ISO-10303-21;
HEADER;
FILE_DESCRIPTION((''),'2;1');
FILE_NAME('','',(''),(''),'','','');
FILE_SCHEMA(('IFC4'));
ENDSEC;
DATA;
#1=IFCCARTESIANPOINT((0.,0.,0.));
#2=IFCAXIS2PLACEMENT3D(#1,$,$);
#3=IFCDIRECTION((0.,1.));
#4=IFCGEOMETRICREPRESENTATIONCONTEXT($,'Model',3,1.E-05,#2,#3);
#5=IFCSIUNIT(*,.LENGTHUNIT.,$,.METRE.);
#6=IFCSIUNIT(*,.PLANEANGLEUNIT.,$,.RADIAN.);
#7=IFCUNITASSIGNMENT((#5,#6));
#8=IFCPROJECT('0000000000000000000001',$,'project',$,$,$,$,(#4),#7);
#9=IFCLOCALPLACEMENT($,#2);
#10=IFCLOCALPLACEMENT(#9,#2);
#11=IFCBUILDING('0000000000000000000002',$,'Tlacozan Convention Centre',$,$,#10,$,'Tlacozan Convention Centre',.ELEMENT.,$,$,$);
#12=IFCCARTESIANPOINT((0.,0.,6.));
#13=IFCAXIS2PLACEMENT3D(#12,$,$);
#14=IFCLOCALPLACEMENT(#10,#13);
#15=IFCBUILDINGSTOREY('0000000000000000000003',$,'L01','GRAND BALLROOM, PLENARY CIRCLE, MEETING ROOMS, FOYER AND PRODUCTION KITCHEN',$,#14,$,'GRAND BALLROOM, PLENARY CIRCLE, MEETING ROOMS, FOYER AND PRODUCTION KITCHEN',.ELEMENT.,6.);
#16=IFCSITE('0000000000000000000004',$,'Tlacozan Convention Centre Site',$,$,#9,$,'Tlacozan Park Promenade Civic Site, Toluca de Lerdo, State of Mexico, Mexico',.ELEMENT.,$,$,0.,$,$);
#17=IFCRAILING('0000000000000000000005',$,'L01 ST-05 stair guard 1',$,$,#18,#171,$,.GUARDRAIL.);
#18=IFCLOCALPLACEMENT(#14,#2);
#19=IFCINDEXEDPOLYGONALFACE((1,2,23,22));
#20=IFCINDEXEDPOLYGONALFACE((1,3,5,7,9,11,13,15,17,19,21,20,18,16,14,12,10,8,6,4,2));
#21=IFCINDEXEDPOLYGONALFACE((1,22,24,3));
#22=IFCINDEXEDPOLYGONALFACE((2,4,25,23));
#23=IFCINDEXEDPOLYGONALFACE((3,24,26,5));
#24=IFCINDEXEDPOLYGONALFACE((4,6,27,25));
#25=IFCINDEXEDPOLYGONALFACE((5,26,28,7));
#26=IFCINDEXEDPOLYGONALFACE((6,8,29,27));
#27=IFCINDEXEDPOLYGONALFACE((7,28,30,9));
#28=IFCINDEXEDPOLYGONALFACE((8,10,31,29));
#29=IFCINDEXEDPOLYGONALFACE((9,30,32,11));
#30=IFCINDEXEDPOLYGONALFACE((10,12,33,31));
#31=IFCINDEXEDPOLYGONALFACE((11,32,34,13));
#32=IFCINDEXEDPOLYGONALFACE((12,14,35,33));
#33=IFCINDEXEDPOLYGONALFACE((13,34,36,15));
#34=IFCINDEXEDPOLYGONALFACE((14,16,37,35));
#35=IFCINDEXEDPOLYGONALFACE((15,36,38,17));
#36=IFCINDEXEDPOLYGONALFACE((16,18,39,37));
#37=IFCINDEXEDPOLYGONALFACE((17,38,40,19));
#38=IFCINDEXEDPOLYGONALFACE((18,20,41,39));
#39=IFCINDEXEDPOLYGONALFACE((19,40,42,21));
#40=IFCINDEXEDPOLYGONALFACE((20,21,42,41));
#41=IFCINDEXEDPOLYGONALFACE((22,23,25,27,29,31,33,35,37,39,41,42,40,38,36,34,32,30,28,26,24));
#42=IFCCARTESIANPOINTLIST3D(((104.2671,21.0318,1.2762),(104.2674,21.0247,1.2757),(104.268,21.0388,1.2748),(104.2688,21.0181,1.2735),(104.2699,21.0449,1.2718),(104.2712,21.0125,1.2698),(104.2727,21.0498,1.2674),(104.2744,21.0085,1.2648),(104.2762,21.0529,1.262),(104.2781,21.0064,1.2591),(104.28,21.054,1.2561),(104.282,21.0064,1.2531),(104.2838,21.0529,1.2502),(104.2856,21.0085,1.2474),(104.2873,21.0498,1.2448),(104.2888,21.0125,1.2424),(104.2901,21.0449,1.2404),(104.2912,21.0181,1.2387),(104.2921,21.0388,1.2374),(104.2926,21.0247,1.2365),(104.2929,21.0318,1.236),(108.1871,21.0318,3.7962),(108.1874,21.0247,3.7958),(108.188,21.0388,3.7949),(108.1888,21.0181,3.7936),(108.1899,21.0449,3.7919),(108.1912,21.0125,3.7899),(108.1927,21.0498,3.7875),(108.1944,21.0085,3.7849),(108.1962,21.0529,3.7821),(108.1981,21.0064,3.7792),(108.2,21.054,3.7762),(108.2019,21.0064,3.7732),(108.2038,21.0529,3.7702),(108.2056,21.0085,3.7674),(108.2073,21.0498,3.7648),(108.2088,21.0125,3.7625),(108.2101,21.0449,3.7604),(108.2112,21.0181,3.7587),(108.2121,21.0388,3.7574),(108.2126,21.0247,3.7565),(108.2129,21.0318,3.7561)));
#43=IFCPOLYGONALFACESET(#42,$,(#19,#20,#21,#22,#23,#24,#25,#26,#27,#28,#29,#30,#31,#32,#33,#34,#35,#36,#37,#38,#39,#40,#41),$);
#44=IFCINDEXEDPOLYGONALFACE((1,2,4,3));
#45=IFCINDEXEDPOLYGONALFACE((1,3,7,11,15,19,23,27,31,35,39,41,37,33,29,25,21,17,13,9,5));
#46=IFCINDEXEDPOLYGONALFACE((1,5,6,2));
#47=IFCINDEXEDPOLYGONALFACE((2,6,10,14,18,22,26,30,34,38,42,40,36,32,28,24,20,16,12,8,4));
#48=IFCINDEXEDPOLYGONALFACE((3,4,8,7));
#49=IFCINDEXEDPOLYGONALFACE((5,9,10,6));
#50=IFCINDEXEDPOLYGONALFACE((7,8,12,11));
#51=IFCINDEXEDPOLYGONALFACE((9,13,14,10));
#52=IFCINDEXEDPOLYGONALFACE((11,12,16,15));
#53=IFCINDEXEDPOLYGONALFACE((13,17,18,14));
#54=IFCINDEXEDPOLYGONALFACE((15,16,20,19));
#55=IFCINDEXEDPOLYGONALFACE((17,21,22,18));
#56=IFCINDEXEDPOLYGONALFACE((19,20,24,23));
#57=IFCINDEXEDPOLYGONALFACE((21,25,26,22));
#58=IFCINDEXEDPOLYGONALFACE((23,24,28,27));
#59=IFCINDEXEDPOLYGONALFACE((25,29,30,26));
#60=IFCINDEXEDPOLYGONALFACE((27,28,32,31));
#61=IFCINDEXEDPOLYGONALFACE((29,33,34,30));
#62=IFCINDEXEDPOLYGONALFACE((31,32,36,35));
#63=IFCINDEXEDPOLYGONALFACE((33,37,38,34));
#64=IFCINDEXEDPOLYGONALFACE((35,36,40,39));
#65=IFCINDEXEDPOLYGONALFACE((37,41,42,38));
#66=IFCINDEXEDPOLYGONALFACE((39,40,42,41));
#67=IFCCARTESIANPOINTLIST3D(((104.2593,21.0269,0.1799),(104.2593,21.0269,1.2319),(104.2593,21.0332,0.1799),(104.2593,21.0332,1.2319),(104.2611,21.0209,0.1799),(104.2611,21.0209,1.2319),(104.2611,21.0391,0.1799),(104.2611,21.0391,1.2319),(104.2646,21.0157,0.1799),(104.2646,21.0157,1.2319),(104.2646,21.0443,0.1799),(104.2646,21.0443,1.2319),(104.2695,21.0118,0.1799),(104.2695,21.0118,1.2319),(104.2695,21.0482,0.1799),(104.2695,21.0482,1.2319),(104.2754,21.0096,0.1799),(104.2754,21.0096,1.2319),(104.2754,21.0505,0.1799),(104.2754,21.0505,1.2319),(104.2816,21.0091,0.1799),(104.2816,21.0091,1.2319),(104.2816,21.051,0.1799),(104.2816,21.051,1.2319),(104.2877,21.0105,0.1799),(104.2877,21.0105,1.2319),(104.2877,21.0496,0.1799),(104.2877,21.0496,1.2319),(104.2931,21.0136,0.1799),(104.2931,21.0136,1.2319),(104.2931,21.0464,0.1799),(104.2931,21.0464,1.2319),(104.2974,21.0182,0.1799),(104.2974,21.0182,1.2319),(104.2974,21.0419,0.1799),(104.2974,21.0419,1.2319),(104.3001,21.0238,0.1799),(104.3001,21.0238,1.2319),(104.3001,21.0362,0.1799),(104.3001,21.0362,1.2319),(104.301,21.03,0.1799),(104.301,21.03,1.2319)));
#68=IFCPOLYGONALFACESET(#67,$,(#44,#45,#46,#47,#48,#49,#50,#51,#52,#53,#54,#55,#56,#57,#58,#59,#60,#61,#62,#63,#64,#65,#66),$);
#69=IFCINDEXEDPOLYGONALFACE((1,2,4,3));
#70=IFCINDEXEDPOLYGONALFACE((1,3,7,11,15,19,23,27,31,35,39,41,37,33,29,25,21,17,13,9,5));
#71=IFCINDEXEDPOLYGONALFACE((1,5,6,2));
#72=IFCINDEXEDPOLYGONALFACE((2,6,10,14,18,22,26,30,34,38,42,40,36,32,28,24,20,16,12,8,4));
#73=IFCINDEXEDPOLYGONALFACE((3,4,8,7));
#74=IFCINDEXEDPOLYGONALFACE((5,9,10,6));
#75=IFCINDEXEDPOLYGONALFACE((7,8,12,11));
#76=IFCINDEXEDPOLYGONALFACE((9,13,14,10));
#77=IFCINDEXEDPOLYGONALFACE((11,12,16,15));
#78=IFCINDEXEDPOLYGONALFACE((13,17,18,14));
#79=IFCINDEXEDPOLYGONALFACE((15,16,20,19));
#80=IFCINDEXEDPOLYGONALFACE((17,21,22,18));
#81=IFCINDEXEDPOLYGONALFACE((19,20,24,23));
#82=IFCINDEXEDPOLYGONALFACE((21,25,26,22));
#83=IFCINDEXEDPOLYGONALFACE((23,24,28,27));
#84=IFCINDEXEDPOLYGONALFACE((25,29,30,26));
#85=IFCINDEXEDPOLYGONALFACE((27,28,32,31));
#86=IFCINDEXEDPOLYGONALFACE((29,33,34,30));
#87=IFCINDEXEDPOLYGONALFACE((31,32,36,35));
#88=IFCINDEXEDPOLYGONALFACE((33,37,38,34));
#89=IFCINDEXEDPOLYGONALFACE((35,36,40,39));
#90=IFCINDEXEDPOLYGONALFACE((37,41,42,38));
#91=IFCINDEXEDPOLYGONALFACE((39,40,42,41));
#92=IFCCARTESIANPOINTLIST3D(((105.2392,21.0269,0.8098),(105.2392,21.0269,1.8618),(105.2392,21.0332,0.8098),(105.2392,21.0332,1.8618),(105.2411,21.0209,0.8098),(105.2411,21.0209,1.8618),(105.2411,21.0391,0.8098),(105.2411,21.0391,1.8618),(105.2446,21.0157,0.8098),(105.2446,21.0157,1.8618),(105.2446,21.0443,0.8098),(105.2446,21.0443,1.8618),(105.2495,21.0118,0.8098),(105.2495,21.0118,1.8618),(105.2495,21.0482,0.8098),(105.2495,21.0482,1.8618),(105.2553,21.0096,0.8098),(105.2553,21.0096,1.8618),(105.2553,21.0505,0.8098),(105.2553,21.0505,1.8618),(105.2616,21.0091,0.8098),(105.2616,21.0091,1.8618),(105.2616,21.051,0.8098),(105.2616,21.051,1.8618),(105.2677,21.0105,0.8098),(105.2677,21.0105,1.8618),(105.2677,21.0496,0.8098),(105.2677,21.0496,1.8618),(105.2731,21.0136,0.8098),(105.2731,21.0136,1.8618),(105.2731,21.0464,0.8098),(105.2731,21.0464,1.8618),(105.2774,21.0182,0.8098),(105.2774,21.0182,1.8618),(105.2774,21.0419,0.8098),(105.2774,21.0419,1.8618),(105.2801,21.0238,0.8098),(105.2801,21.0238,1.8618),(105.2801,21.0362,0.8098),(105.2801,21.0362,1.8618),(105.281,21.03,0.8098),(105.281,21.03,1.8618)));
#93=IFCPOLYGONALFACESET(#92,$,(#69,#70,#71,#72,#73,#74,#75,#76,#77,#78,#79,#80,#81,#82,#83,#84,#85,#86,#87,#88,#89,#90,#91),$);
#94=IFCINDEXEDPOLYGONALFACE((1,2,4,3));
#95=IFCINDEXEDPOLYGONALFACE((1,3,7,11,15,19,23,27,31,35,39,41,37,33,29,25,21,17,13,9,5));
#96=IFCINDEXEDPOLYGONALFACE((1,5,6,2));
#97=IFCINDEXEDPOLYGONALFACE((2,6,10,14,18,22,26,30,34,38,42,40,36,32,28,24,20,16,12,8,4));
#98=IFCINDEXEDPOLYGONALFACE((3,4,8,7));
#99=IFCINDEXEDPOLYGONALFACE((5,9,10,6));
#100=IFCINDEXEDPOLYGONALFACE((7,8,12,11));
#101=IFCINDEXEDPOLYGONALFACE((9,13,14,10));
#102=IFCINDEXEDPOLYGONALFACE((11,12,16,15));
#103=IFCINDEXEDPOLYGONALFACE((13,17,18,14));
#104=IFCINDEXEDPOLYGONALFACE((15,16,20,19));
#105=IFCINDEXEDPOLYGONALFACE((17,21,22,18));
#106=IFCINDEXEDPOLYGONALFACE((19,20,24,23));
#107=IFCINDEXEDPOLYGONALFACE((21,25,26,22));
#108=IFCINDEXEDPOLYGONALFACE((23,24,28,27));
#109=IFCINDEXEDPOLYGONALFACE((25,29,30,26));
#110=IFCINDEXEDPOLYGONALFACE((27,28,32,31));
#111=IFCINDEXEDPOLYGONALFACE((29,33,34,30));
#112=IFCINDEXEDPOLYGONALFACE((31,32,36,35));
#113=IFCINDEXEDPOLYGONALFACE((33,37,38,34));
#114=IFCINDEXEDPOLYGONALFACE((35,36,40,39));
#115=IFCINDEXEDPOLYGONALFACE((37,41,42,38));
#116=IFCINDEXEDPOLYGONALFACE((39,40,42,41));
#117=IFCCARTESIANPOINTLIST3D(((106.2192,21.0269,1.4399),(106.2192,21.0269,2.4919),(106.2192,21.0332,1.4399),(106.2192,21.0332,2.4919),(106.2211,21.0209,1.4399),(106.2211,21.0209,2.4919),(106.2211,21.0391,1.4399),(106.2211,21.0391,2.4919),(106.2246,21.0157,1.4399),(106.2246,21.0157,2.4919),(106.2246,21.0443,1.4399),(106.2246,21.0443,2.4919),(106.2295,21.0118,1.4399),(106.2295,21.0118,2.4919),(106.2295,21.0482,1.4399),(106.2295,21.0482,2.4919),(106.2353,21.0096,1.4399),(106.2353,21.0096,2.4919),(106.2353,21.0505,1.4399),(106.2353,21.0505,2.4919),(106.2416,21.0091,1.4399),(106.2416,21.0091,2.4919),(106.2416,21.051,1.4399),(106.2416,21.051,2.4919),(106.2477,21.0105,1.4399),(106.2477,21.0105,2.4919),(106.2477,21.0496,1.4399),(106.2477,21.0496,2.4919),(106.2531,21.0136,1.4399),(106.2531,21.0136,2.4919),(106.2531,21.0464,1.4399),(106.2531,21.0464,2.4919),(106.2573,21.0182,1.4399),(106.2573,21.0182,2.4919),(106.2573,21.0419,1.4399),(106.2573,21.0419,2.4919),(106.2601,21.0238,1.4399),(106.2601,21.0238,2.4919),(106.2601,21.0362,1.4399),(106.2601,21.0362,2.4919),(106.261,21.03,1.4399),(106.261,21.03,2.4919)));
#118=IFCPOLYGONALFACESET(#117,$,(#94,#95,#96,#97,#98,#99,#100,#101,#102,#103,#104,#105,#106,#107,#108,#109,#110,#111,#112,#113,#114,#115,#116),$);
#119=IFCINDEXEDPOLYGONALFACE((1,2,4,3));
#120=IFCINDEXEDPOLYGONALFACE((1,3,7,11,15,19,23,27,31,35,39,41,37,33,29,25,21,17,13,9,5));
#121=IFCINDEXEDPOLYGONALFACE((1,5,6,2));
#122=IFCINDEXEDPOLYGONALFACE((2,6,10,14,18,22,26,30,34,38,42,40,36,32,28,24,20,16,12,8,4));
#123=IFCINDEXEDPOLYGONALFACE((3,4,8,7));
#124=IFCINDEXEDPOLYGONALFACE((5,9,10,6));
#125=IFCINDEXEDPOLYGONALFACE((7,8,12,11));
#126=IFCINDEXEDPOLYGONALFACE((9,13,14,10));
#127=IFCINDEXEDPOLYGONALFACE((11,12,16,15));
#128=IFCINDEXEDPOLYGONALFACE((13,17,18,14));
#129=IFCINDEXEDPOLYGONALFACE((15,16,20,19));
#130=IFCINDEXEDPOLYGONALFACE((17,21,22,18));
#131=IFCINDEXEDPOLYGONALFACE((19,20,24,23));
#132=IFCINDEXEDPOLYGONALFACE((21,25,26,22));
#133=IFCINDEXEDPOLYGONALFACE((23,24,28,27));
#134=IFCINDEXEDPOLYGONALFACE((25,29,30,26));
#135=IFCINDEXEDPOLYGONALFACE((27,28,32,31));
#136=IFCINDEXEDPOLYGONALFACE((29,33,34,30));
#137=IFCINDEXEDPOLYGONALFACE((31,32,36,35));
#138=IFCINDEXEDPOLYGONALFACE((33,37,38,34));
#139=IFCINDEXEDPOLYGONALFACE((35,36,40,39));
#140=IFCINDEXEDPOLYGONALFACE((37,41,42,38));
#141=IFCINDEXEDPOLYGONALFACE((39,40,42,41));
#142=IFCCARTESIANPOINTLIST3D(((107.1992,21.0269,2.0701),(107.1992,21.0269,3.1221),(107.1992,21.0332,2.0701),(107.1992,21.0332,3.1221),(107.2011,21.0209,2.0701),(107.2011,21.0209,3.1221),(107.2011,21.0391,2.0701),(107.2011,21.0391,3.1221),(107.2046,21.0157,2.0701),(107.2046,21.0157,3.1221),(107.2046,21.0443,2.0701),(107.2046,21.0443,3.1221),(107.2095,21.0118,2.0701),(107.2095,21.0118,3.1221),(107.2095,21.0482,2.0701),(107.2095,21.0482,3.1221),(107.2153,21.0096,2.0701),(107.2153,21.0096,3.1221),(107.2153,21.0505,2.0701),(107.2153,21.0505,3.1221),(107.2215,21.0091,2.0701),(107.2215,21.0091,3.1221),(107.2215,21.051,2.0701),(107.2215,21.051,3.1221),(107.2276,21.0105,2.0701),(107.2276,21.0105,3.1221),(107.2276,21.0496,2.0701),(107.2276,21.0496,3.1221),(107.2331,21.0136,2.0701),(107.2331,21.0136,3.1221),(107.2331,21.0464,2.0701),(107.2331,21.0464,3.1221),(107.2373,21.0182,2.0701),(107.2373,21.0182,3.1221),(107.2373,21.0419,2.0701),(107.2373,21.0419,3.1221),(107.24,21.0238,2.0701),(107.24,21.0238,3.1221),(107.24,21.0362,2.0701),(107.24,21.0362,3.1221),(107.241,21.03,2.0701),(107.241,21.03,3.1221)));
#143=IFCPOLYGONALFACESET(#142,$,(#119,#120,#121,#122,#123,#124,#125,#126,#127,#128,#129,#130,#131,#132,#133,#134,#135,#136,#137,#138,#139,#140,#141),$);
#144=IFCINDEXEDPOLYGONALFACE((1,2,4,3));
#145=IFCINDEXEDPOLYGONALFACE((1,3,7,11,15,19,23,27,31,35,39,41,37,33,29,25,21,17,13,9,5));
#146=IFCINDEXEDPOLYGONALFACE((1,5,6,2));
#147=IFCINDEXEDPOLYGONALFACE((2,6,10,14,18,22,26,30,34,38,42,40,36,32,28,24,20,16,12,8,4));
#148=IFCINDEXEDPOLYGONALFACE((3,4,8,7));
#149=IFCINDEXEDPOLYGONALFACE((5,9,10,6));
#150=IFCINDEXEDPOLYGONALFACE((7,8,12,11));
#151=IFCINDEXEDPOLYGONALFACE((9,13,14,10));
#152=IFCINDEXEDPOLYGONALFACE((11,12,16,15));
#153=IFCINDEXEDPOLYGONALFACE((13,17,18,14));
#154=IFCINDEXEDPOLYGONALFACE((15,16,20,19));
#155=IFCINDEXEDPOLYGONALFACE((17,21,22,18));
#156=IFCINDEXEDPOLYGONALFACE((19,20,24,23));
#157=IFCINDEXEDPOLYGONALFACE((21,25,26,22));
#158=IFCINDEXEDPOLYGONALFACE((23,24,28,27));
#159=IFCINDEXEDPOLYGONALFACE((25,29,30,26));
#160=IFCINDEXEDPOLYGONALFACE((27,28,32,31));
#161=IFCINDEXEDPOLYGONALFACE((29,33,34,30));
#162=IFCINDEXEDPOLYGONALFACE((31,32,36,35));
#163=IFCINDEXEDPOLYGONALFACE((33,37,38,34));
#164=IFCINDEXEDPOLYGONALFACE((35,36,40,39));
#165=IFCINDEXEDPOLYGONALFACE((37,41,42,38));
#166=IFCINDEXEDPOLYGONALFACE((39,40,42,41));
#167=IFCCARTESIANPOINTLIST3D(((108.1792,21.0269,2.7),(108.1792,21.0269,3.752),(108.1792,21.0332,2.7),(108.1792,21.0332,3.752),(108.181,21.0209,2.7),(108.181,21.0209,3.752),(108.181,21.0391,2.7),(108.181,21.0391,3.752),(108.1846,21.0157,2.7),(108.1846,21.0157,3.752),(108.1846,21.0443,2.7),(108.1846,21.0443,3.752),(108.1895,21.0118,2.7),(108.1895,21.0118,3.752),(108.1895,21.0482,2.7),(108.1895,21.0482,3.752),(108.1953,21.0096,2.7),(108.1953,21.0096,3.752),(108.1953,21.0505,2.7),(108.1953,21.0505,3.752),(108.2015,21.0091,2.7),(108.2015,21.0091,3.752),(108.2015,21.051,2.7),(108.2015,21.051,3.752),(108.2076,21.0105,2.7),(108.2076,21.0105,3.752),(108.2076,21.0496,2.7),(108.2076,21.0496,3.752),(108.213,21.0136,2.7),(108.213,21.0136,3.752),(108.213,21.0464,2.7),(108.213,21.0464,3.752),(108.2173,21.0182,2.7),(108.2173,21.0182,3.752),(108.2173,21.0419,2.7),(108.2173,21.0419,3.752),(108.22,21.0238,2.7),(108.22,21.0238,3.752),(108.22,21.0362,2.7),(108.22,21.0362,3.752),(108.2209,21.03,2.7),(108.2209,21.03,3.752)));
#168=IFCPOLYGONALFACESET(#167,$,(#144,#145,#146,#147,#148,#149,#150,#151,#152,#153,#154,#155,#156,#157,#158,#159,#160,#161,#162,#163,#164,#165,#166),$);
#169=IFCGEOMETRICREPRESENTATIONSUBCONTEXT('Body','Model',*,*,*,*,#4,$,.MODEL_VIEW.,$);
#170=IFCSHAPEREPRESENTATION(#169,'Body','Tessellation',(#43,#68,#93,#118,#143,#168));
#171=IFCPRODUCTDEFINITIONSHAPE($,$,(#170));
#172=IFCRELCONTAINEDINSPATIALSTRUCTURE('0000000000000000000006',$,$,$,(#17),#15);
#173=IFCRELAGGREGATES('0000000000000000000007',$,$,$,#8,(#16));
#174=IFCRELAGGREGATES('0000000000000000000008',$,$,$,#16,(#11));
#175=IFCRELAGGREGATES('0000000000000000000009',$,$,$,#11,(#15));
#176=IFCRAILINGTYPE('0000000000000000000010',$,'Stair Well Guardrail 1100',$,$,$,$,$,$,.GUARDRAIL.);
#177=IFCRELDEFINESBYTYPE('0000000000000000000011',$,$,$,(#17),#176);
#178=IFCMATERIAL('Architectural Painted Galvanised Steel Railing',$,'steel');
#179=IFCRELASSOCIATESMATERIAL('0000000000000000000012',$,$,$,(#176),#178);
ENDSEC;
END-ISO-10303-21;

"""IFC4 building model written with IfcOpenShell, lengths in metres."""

from ifc_helpers import new_model, si_unit, direction, frame, origin, origin_2d, place, context, subcontext, project, spatial, circle, extrude, material, type_object, element, save


model = new_model("IFC4")

# Units and contexts
model_context = context("Model", 3, precision=1e-05, world=origin(), true_north=direction((0.0, 1.0)))
body_context = subcontext(model_context, "Body", "Model", "MODEL_VIEW")
ifc_project = project(units=[si_unit("LENGTHUNIT", "METRE"), si_unit("PLANEANGLEUNIT", "RADIAN")], contexts=[model_context])

# Site, building, storey
site_placement = place(None, origin())
site = spatial("IfcSite", under=ifc_project, at=site_placement, Name="Tlacozan Convention Centre Site", LongName="Tlacozan Park Promenade Civic Site, Toluca de Lerdo, State of Mexico, Mexico", CompositionType="ELEMENT", RefElevation=0.0)
building_placement = place(site_placement, origin())
building = spatial("IfcBuilding", under=site, at=building_placement, Name="Tlacozan Convention Centre", LongName="Tlacozan Convention Centre", CompositionType="ELEMENT")
storey_placement = place(building_placement, frame((0.0, 0.0, 6.0)))
storey = spatial("IfcBuildingStorey", under=building, at=storey_placement, Name="L01", Description="GRAND BALLROOM, PLENARY CIRCLE, MEETING ROOMS, FOYER AND PRODUCTION KITCHEN", LongName="GRAND BALLROOM, PLENARY CIRCLE, MEETING ROOMS, FOYER AND PRODUCTION KITCHEN", CompositionType="ELEMENT", Elevation=6.0)

# Railing
ifc_material_1 = material(Name="Architectural Painted Galvanised Steel Railing", Category="steel")
railing_type_1 = type_object("IfcRailingType", Name="Stair Well Guardrail 1100", PredefinedType="GUARDRAIL", material=ifc_material_1)
railing_1_placement = place(storey_placement, frame((104.28, 21.03, 0.1799)))
element("IfcRailing", 1, at=railing_1_placement, inside=storey, type_object=railing_type_1, Name="L01 ST-05 stair guard 1", PredefinedType="GUARDRAIL", context=body_context, shape_type="SweptSolid", body=[
    extrude(circle(Radius=0.0239, at=origin_2d()), frame((0.0, 0.0, 1.0762), z_axis=(0.841172, 0.0, 0.540768), x_axis=(0.0, 1.0, 0.0)), (0.0, 0.0, 1.0), 4.6602),
    extrude(circle(Radius=0.021, at=origin_2d()), origin(), (0.0, 0.0, 1.0), 1.052),
    extrude(circle(Radius=0.021, at=origin_2d()), frame((0.98, 0.0, 0.6299)), (0.0, 0.0, 1.0), 1.052),
    extrude(circle(Radius=0.021, at=origin_2d()), frame((1.96, 0.0, 1.26)), (0.0, 0.0, 1.0), 1.052),
    extrude(circle(Radius=0.021, at=origin_2d()), frame((2.9399, 0.0, 1.8901)), (0.0, 0.0, 1.0), 1.052),
    extrude(circle(Radius=0.021, at=origin_2d()), frame((3.9199, 0.0, 2.52)), (0.0, 0.0, 1.0), 1.052),
])

save(model, "model.ifc")
